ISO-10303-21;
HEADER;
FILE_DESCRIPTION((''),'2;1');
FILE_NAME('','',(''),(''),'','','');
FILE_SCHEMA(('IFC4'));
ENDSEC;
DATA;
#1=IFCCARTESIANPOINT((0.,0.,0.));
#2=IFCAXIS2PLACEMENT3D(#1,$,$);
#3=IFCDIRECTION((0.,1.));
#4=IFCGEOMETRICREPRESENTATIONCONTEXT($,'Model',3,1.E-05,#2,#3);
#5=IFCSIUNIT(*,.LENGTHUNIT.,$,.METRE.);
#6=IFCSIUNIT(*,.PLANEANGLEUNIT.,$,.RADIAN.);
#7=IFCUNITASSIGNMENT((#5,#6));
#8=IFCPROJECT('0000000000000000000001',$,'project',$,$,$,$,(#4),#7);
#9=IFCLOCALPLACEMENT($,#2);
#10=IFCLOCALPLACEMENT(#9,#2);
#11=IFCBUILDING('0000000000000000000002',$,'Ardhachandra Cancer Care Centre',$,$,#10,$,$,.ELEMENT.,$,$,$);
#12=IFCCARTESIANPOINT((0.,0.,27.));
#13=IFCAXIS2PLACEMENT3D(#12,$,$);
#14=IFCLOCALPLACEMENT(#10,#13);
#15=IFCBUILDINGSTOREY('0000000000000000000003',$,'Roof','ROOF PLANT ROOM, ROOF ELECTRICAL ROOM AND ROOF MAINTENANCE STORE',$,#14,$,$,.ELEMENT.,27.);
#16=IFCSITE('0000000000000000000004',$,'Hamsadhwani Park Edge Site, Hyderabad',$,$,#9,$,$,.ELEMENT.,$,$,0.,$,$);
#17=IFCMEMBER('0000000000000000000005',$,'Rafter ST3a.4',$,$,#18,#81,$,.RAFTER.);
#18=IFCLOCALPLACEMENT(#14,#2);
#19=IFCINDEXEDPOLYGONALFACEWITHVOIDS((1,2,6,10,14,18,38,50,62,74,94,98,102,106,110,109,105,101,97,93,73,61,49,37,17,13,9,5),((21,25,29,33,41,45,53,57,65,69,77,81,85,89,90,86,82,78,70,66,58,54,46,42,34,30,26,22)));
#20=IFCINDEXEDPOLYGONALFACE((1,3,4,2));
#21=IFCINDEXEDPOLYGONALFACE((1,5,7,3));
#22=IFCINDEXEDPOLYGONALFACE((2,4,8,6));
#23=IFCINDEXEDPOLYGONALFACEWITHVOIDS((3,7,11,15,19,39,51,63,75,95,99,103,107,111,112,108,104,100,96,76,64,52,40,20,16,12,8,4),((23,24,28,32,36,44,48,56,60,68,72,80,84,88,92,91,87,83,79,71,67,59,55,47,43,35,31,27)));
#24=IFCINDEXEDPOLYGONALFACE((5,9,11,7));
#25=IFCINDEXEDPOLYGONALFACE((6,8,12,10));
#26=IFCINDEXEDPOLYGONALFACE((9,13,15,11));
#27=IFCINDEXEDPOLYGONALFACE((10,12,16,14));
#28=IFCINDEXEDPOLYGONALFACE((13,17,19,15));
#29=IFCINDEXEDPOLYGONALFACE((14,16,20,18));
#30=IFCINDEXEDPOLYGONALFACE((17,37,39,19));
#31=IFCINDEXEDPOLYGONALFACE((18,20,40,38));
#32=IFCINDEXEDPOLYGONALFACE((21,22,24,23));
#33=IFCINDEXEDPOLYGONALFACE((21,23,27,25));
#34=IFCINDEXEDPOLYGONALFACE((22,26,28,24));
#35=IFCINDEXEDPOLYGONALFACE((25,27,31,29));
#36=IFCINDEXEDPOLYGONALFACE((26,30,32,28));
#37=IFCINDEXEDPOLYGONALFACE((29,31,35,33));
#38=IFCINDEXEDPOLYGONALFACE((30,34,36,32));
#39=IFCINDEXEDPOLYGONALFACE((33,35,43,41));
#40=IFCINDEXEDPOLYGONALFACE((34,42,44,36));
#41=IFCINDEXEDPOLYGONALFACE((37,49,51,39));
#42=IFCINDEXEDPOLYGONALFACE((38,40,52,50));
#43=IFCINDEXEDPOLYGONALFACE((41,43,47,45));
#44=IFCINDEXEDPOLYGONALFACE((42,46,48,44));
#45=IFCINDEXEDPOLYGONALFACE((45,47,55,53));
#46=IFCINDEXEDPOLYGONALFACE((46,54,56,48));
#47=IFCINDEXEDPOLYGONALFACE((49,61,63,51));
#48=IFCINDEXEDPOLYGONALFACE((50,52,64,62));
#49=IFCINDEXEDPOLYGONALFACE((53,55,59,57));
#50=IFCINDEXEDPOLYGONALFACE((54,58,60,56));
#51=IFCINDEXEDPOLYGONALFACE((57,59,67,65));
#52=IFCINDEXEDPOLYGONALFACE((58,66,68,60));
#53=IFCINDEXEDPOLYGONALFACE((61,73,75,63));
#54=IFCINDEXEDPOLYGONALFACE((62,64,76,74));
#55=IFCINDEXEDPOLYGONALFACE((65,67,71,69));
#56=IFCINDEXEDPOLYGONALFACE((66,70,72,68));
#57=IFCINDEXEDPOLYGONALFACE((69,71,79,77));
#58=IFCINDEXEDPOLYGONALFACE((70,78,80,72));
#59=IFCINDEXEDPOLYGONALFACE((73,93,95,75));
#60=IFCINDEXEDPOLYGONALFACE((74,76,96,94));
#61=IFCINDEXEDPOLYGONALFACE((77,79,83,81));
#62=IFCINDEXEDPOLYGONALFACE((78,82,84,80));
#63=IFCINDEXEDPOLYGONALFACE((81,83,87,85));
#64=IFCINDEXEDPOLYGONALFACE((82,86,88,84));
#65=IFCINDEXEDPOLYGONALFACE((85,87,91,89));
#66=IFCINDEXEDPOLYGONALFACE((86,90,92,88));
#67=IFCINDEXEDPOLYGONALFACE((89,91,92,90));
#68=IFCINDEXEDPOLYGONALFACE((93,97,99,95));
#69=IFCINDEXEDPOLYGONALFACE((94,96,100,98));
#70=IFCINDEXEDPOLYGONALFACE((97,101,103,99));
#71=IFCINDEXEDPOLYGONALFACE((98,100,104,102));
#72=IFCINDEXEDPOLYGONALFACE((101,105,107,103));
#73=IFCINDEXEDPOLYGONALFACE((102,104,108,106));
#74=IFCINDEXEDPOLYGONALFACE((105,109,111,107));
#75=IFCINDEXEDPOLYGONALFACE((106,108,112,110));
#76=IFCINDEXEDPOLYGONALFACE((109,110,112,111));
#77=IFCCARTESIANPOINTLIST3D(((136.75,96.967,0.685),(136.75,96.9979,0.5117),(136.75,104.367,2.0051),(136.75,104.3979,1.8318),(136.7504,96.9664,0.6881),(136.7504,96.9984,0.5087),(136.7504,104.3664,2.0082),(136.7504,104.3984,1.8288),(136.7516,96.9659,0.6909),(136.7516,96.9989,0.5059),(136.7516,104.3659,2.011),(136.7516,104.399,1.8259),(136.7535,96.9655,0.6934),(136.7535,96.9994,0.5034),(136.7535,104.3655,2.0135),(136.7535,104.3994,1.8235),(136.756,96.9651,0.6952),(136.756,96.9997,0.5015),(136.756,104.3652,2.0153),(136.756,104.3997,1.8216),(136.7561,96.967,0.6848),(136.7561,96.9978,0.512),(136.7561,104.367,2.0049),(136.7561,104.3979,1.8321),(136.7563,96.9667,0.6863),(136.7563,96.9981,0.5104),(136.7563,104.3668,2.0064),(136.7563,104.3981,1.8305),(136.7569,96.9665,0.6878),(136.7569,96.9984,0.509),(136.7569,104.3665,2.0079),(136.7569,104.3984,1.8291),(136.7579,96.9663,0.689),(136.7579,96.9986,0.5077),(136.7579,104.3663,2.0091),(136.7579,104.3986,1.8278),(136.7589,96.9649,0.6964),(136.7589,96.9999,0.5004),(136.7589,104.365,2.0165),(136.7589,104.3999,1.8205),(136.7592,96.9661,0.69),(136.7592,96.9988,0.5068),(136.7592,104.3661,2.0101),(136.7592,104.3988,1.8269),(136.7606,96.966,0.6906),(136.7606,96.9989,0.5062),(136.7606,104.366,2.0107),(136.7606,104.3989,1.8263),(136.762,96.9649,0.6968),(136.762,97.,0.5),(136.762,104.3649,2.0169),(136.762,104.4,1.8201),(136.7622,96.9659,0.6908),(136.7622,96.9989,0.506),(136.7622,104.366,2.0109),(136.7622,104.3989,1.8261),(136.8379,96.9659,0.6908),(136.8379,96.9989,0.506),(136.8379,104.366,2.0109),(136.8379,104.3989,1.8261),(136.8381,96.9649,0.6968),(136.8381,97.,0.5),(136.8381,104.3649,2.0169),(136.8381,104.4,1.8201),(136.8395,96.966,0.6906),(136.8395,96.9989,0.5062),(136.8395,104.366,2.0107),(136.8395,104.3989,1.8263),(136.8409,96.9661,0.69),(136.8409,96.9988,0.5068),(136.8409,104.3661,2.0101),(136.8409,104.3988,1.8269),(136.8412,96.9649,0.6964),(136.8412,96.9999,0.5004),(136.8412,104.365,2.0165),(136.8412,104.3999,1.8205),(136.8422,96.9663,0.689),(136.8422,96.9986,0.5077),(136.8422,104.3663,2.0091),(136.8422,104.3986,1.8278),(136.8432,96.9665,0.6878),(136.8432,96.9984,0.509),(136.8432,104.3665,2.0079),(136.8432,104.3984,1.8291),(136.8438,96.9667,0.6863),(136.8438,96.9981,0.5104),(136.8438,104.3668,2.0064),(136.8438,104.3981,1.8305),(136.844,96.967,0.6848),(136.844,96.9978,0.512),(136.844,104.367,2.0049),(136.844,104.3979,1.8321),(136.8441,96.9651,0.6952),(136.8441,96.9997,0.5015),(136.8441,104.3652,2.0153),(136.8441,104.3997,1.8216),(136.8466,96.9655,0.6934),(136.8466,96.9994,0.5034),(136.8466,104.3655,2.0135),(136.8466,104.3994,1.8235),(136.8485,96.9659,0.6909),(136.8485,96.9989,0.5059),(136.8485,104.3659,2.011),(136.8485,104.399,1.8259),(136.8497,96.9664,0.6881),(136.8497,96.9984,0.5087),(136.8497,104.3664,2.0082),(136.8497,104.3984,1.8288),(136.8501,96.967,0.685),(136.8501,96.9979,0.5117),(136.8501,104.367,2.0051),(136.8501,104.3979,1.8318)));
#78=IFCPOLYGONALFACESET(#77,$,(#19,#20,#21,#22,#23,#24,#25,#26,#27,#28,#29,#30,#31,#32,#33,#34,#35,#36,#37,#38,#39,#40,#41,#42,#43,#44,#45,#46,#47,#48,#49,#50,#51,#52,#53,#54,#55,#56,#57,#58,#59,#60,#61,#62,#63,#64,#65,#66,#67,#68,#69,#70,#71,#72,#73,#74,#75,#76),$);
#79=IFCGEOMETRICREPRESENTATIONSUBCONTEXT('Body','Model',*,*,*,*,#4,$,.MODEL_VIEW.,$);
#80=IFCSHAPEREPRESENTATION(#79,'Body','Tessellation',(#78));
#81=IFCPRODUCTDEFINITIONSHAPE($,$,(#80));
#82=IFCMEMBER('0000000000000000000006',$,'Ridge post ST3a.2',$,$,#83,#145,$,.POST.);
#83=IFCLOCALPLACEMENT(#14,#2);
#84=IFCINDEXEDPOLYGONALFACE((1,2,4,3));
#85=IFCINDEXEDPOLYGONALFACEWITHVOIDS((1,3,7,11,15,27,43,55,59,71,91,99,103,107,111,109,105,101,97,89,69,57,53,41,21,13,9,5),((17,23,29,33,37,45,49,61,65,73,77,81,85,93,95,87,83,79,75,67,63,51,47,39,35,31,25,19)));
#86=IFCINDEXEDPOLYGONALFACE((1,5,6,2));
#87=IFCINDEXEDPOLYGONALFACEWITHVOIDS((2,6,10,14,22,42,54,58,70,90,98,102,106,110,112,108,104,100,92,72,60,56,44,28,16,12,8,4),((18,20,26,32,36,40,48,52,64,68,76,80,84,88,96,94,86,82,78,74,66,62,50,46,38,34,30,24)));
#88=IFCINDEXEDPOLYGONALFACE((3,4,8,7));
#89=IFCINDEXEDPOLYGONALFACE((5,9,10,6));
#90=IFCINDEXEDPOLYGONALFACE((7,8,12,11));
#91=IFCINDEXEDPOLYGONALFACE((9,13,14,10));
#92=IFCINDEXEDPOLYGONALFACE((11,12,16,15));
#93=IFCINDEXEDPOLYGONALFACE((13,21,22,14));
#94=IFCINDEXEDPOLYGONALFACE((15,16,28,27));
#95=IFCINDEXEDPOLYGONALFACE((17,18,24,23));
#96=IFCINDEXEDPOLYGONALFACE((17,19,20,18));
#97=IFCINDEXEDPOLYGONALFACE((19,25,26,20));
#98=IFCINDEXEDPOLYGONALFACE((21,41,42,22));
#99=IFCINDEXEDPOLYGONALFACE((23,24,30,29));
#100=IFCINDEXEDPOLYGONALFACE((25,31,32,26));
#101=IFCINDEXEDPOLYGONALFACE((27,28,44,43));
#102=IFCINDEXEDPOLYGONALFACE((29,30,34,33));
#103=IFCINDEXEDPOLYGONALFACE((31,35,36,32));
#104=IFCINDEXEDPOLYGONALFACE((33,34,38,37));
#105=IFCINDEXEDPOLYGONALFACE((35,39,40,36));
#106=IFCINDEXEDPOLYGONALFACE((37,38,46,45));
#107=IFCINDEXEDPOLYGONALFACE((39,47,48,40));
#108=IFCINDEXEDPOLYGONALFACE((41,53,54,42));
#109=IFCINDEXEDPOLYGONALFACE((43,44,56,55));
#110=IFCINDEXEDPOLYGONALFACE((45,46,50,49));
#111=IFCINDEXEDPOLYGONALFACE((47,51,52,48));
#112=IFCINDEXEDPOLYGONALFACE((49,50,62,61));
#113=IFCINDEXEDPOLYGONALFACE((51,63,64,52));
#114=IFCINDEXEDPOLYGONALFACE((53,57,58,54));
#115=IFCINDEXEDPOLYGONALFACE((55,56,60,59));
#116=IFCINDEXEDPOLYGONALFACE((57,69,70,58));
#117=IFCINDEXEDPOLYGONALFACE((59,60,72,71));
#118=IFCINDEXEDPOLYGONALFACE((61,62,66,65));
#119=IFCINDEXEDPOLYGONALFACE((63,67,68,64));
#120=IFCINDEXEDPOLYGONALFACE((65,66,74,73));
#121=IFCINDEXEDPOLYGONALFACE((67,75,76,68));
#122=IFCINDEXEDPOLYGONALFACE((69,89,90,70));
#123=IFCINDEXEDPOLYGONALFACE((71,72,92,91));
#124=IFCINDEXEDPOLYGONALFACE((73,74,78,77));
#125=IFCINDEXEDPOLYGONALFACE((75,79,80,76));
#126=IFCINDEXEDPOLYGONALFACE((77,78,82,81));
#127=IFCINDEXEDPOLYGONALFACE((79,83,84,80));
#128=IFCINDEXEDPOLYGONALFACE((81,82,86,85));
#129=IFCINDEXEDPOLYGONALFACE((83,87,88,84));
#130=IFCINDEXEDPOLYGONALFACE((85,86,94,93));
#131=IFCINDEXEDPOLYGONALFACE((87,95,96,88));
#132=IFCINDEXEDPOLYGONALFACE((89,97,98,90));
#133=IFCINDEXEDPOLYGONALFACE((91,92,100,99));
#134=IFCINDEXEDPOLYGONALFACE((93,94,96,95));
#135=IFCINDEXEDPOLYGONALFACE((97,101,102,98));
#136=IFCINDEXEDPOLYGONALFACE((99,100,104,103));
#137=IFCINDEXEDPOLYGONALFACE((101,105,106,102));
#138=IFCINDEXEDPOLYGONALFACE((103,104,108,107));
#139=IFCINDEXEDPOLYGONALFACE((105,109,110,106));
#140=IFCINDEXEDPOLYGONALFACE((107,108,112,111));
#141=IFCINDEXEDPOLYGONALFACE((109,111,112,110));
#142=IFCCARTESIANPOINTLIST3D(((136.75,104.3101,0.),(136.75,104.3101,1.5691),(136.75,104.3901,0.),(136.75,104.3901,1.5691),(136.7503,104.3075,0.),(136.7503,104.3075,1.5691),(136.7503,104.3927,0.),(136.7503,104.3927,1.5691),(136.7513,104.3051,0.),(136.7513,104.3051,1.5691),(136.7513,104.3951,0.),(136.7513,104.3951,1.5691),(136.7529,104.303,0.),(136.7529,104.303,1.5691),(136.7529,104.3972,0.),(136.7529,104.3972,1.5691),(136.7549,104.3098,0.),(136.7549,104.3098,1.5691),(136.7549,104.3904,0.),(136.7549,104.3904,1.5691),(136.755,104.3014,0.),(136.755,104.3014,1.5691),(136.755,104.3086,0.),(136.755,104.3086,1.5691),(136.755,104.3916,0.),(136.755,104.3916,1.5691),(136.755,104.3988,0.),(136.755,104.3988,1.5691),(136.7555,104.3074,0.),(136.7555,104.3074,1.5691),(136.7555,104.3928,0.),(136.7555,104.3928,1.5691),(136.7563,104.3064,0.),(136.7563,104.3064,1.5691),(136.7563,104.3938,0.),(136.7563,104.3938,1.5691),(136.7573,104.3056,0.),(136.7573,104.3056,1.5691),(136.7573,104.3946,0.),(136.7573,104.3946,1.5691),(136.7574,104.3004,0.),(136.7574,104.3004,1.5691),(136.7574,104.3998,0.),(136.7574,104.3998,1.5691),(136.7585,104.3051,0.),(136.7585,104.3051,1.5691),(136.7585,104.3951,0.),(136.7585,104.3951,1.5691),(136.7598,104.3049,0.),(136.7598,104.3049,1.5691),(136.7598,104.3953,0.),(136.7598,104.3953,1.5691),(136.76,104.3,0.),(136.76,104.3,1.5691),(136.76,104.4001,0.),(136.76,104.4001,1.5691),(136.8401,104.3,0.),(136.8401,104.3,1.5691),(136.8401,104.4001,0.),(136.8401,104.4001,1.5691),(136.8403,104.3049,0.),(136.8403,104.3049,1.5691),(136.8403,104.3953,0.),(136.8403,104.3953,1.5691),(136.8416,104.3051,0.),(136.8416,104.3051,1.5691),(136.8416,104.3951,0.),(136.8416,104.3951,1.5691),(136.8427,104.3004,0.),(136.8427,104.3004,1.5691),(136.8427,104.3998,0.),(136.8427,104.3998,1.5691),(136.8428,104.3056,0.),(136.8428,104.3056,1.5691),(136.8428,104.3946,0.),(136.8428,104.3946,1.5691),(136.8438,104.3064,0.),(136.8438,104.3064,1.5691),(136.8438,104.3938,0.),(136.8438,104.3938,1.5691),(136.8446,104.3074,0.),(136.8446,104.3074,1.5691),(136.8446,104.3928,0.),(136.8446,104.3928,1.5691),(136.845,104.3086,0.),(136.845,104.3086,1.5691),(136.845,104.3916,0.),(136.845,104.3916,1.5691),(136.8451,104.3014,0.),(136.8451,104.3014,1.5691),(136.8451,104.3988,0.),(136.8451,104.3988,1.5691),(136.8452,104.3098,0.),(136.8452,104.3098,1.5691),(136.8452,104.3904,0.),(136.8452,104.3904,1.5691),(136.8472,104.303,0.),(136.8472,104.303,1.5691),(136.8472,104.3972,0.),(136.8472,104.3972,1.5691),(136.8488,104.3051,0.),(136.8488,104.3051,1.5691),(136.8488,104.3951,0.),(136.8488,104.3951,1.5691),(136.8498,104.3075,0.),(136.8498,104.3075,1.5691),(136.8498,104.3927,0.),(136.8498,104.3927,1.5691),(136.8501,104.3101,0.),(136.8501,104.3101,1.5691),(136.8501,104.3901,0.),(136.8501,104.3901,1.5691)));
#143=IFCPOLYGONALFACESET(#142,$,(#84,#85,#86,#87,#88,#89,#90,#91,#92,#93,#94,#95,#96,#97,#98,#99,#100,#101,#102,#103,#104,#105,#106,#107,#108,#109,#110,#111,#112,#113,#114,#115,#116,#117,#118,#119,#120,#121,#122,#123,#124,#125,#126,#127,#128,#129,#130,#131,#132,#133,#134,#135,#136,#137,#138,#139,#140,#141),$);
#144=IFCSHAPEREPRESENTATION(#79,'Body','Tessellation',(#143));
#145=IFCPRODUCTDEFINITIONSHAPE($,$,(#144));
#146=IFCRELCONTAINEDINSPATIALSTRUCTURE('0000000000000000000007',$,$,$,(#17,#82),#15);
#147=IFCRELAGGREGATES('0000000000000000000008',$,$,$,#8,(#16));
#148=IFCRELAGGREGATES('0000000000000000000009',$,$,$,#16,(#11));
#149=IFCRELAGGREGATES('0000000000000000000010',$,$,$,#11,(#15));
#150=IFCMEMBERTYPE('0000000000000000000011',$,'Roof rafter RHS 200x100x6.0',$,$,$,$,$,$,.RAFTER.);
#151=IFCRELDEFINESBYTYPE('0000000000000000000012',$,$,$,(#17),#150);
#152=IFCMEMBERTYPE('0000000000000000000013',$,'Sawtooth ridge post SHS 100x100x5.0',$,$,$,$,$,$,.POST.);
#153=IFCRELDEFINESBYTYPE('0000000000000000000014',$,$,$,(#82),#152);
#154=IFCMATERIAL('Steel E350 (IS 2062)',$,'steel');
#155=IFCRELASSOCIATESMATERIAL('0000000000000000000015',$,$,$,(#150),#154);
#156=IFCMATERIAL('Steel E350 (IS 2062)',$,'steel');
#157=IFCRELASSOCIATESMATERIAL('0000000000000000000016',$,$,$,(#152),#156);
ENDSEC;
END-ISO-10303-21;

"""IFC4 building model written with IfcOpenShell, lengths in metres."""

from ifc_helpers import new_model, si_unit, direction, frame, origin, origin_2d, place, context, subcontext, project, spatial, hollow_rectangle, extrude, material, material_profile, profile_set, type_object, element, save


model = new_model("IFC4")

# Units and contexts
model_context = context("Model", 3, precision=1e-05, world=origin(), true_north=direction((0.0, 1.0)))
body_context = subcontext(model_context, "Body", "Model", "MODEL_VIEW")
ifc_project = project(units=[si_unit("LENGTHUNIT", "METRE"), si_unit("PLANEANGLEUNIT", "RADIAN")], contexts=[model_context])

# Site, building, storey
site_placement = place(None, origin())
site = spatial("IfcSite", under=ifc_project, at=site_placement, Name="Hamsadhwani Park Edge Site, Hyderabad", CompositionType="ELEMENT", RefElevation=0.0)
building_placement = place(site_placement, origin())
building = spatial("IfcBuilding", under=site, at=building_placement, Name="Ardhachandra Cancer Care Centre", CompositionType="ELEMENT")
storey_placement = place(building_placement, frame((0.0, 0.0, 27.0)))
storey = spatial("IfcBuildingStorey", under=building, at=storey_placement, Name="Roof", Description="ROOF PLANT ROOM, ROOF ELECTRICAL ROOM AND ROOF MAINTENANCE STORE", CompositionType="ELEMENT", Elevation=27.0)

# Members
ifc_material_1 = material(Name="Steel E350 (IS 2062)", Category="steel")
ifc_material_profile_1 = material_profile(ifc_material_1, hollow_rectangle(XDim=0.1001, YDim=0.2, WallThickness=0.0061, InnerFilletRadius=0.0061, OuterFilletRadius=0.012, at=origin_2d()), Name="RHS 200x100x6.0")
ifc_profile_set_1 = profile_set([ifc_material_profile_1], Name="Steel E350 (IS 2062)")
member_type_1 = type_object("IfcMemberType", Name="Roof rafter RHS 200x100x6.0", PredefinedType="RAFTER", material=ifc_profile_set_1)
for number, where, z_axis, x_axis, name in (
    (1, (136.8, 96.9824, 0.5984), (0.0, 0.984458, 0.175618), (-1.0, 0.0, 0.0), "Rafter ST3a.4"),
):
    element("IfcMember", number, at=place(storey_placement, frame(where, z_axis=z_axis, x_axis=x_axis)), inside=storey, type_object=member_type_1, Name=name, PredefinedType="RAFTER", context=body_context, shape_type="SweptSolid", body=[
        extrude(hollow_rectangle(XDim=0.1001, YDim=0.2, WallThickness=0.0061, InnerFilletRadius=0.0061, OuterFilletRadius=0.012, at=origin_2d()), origin(), (0.0, 0.0, 1.0), 7.5168),
    ])
ifc_material_2 = material(Name="Steel E350 (IS 2062)", Category="steel")
ifc_material_profile_2 = material_profile(ifc_material_2, hollow_rectangle(XDim=0.1001, YDim=0.1001, WallThickness=0.0049, InnerFilletRadius=0.0049, OuterFilletRadius=0.01, at=origin_2d()), Name="SHS 100x100x5.0")
ifc_profile_set_2 = profile_set([ifc_material_profile_2], Name="Steel E350 (IS 2062)")
member_type_2 = type_object("IfcMemberType", Name="Sawtooth ridge post SHS 100x100x5.0", PredefinedType="POST", material=ifc_profile_set_2)
member_1_placement = place(storey_placement, frame((136.8, 104.3501, 0.0), z_axis=(0.0, 0.0, 1.0), x_axis=(1.0, 0.0, 0.0)))
element("IfcMember", 2, at=member_1_placement, inside=storey, type_object=member_type_2, Name="Ridge post ST3a.2", PredefinedType="POST", context=body_context, shape_type="SweptSolid", body=[
    extrude(hollow_rectangle(XDim=0.1001, YDim=0.1001, WallThickness=0.0049, InnerFilletRadius=0.0049, OuterFilletRadius=0.01, at=origin_2d()), origin(), (0.0, 0.0, 1.0), 1.5691),
])

save(model, "model.ifc")
